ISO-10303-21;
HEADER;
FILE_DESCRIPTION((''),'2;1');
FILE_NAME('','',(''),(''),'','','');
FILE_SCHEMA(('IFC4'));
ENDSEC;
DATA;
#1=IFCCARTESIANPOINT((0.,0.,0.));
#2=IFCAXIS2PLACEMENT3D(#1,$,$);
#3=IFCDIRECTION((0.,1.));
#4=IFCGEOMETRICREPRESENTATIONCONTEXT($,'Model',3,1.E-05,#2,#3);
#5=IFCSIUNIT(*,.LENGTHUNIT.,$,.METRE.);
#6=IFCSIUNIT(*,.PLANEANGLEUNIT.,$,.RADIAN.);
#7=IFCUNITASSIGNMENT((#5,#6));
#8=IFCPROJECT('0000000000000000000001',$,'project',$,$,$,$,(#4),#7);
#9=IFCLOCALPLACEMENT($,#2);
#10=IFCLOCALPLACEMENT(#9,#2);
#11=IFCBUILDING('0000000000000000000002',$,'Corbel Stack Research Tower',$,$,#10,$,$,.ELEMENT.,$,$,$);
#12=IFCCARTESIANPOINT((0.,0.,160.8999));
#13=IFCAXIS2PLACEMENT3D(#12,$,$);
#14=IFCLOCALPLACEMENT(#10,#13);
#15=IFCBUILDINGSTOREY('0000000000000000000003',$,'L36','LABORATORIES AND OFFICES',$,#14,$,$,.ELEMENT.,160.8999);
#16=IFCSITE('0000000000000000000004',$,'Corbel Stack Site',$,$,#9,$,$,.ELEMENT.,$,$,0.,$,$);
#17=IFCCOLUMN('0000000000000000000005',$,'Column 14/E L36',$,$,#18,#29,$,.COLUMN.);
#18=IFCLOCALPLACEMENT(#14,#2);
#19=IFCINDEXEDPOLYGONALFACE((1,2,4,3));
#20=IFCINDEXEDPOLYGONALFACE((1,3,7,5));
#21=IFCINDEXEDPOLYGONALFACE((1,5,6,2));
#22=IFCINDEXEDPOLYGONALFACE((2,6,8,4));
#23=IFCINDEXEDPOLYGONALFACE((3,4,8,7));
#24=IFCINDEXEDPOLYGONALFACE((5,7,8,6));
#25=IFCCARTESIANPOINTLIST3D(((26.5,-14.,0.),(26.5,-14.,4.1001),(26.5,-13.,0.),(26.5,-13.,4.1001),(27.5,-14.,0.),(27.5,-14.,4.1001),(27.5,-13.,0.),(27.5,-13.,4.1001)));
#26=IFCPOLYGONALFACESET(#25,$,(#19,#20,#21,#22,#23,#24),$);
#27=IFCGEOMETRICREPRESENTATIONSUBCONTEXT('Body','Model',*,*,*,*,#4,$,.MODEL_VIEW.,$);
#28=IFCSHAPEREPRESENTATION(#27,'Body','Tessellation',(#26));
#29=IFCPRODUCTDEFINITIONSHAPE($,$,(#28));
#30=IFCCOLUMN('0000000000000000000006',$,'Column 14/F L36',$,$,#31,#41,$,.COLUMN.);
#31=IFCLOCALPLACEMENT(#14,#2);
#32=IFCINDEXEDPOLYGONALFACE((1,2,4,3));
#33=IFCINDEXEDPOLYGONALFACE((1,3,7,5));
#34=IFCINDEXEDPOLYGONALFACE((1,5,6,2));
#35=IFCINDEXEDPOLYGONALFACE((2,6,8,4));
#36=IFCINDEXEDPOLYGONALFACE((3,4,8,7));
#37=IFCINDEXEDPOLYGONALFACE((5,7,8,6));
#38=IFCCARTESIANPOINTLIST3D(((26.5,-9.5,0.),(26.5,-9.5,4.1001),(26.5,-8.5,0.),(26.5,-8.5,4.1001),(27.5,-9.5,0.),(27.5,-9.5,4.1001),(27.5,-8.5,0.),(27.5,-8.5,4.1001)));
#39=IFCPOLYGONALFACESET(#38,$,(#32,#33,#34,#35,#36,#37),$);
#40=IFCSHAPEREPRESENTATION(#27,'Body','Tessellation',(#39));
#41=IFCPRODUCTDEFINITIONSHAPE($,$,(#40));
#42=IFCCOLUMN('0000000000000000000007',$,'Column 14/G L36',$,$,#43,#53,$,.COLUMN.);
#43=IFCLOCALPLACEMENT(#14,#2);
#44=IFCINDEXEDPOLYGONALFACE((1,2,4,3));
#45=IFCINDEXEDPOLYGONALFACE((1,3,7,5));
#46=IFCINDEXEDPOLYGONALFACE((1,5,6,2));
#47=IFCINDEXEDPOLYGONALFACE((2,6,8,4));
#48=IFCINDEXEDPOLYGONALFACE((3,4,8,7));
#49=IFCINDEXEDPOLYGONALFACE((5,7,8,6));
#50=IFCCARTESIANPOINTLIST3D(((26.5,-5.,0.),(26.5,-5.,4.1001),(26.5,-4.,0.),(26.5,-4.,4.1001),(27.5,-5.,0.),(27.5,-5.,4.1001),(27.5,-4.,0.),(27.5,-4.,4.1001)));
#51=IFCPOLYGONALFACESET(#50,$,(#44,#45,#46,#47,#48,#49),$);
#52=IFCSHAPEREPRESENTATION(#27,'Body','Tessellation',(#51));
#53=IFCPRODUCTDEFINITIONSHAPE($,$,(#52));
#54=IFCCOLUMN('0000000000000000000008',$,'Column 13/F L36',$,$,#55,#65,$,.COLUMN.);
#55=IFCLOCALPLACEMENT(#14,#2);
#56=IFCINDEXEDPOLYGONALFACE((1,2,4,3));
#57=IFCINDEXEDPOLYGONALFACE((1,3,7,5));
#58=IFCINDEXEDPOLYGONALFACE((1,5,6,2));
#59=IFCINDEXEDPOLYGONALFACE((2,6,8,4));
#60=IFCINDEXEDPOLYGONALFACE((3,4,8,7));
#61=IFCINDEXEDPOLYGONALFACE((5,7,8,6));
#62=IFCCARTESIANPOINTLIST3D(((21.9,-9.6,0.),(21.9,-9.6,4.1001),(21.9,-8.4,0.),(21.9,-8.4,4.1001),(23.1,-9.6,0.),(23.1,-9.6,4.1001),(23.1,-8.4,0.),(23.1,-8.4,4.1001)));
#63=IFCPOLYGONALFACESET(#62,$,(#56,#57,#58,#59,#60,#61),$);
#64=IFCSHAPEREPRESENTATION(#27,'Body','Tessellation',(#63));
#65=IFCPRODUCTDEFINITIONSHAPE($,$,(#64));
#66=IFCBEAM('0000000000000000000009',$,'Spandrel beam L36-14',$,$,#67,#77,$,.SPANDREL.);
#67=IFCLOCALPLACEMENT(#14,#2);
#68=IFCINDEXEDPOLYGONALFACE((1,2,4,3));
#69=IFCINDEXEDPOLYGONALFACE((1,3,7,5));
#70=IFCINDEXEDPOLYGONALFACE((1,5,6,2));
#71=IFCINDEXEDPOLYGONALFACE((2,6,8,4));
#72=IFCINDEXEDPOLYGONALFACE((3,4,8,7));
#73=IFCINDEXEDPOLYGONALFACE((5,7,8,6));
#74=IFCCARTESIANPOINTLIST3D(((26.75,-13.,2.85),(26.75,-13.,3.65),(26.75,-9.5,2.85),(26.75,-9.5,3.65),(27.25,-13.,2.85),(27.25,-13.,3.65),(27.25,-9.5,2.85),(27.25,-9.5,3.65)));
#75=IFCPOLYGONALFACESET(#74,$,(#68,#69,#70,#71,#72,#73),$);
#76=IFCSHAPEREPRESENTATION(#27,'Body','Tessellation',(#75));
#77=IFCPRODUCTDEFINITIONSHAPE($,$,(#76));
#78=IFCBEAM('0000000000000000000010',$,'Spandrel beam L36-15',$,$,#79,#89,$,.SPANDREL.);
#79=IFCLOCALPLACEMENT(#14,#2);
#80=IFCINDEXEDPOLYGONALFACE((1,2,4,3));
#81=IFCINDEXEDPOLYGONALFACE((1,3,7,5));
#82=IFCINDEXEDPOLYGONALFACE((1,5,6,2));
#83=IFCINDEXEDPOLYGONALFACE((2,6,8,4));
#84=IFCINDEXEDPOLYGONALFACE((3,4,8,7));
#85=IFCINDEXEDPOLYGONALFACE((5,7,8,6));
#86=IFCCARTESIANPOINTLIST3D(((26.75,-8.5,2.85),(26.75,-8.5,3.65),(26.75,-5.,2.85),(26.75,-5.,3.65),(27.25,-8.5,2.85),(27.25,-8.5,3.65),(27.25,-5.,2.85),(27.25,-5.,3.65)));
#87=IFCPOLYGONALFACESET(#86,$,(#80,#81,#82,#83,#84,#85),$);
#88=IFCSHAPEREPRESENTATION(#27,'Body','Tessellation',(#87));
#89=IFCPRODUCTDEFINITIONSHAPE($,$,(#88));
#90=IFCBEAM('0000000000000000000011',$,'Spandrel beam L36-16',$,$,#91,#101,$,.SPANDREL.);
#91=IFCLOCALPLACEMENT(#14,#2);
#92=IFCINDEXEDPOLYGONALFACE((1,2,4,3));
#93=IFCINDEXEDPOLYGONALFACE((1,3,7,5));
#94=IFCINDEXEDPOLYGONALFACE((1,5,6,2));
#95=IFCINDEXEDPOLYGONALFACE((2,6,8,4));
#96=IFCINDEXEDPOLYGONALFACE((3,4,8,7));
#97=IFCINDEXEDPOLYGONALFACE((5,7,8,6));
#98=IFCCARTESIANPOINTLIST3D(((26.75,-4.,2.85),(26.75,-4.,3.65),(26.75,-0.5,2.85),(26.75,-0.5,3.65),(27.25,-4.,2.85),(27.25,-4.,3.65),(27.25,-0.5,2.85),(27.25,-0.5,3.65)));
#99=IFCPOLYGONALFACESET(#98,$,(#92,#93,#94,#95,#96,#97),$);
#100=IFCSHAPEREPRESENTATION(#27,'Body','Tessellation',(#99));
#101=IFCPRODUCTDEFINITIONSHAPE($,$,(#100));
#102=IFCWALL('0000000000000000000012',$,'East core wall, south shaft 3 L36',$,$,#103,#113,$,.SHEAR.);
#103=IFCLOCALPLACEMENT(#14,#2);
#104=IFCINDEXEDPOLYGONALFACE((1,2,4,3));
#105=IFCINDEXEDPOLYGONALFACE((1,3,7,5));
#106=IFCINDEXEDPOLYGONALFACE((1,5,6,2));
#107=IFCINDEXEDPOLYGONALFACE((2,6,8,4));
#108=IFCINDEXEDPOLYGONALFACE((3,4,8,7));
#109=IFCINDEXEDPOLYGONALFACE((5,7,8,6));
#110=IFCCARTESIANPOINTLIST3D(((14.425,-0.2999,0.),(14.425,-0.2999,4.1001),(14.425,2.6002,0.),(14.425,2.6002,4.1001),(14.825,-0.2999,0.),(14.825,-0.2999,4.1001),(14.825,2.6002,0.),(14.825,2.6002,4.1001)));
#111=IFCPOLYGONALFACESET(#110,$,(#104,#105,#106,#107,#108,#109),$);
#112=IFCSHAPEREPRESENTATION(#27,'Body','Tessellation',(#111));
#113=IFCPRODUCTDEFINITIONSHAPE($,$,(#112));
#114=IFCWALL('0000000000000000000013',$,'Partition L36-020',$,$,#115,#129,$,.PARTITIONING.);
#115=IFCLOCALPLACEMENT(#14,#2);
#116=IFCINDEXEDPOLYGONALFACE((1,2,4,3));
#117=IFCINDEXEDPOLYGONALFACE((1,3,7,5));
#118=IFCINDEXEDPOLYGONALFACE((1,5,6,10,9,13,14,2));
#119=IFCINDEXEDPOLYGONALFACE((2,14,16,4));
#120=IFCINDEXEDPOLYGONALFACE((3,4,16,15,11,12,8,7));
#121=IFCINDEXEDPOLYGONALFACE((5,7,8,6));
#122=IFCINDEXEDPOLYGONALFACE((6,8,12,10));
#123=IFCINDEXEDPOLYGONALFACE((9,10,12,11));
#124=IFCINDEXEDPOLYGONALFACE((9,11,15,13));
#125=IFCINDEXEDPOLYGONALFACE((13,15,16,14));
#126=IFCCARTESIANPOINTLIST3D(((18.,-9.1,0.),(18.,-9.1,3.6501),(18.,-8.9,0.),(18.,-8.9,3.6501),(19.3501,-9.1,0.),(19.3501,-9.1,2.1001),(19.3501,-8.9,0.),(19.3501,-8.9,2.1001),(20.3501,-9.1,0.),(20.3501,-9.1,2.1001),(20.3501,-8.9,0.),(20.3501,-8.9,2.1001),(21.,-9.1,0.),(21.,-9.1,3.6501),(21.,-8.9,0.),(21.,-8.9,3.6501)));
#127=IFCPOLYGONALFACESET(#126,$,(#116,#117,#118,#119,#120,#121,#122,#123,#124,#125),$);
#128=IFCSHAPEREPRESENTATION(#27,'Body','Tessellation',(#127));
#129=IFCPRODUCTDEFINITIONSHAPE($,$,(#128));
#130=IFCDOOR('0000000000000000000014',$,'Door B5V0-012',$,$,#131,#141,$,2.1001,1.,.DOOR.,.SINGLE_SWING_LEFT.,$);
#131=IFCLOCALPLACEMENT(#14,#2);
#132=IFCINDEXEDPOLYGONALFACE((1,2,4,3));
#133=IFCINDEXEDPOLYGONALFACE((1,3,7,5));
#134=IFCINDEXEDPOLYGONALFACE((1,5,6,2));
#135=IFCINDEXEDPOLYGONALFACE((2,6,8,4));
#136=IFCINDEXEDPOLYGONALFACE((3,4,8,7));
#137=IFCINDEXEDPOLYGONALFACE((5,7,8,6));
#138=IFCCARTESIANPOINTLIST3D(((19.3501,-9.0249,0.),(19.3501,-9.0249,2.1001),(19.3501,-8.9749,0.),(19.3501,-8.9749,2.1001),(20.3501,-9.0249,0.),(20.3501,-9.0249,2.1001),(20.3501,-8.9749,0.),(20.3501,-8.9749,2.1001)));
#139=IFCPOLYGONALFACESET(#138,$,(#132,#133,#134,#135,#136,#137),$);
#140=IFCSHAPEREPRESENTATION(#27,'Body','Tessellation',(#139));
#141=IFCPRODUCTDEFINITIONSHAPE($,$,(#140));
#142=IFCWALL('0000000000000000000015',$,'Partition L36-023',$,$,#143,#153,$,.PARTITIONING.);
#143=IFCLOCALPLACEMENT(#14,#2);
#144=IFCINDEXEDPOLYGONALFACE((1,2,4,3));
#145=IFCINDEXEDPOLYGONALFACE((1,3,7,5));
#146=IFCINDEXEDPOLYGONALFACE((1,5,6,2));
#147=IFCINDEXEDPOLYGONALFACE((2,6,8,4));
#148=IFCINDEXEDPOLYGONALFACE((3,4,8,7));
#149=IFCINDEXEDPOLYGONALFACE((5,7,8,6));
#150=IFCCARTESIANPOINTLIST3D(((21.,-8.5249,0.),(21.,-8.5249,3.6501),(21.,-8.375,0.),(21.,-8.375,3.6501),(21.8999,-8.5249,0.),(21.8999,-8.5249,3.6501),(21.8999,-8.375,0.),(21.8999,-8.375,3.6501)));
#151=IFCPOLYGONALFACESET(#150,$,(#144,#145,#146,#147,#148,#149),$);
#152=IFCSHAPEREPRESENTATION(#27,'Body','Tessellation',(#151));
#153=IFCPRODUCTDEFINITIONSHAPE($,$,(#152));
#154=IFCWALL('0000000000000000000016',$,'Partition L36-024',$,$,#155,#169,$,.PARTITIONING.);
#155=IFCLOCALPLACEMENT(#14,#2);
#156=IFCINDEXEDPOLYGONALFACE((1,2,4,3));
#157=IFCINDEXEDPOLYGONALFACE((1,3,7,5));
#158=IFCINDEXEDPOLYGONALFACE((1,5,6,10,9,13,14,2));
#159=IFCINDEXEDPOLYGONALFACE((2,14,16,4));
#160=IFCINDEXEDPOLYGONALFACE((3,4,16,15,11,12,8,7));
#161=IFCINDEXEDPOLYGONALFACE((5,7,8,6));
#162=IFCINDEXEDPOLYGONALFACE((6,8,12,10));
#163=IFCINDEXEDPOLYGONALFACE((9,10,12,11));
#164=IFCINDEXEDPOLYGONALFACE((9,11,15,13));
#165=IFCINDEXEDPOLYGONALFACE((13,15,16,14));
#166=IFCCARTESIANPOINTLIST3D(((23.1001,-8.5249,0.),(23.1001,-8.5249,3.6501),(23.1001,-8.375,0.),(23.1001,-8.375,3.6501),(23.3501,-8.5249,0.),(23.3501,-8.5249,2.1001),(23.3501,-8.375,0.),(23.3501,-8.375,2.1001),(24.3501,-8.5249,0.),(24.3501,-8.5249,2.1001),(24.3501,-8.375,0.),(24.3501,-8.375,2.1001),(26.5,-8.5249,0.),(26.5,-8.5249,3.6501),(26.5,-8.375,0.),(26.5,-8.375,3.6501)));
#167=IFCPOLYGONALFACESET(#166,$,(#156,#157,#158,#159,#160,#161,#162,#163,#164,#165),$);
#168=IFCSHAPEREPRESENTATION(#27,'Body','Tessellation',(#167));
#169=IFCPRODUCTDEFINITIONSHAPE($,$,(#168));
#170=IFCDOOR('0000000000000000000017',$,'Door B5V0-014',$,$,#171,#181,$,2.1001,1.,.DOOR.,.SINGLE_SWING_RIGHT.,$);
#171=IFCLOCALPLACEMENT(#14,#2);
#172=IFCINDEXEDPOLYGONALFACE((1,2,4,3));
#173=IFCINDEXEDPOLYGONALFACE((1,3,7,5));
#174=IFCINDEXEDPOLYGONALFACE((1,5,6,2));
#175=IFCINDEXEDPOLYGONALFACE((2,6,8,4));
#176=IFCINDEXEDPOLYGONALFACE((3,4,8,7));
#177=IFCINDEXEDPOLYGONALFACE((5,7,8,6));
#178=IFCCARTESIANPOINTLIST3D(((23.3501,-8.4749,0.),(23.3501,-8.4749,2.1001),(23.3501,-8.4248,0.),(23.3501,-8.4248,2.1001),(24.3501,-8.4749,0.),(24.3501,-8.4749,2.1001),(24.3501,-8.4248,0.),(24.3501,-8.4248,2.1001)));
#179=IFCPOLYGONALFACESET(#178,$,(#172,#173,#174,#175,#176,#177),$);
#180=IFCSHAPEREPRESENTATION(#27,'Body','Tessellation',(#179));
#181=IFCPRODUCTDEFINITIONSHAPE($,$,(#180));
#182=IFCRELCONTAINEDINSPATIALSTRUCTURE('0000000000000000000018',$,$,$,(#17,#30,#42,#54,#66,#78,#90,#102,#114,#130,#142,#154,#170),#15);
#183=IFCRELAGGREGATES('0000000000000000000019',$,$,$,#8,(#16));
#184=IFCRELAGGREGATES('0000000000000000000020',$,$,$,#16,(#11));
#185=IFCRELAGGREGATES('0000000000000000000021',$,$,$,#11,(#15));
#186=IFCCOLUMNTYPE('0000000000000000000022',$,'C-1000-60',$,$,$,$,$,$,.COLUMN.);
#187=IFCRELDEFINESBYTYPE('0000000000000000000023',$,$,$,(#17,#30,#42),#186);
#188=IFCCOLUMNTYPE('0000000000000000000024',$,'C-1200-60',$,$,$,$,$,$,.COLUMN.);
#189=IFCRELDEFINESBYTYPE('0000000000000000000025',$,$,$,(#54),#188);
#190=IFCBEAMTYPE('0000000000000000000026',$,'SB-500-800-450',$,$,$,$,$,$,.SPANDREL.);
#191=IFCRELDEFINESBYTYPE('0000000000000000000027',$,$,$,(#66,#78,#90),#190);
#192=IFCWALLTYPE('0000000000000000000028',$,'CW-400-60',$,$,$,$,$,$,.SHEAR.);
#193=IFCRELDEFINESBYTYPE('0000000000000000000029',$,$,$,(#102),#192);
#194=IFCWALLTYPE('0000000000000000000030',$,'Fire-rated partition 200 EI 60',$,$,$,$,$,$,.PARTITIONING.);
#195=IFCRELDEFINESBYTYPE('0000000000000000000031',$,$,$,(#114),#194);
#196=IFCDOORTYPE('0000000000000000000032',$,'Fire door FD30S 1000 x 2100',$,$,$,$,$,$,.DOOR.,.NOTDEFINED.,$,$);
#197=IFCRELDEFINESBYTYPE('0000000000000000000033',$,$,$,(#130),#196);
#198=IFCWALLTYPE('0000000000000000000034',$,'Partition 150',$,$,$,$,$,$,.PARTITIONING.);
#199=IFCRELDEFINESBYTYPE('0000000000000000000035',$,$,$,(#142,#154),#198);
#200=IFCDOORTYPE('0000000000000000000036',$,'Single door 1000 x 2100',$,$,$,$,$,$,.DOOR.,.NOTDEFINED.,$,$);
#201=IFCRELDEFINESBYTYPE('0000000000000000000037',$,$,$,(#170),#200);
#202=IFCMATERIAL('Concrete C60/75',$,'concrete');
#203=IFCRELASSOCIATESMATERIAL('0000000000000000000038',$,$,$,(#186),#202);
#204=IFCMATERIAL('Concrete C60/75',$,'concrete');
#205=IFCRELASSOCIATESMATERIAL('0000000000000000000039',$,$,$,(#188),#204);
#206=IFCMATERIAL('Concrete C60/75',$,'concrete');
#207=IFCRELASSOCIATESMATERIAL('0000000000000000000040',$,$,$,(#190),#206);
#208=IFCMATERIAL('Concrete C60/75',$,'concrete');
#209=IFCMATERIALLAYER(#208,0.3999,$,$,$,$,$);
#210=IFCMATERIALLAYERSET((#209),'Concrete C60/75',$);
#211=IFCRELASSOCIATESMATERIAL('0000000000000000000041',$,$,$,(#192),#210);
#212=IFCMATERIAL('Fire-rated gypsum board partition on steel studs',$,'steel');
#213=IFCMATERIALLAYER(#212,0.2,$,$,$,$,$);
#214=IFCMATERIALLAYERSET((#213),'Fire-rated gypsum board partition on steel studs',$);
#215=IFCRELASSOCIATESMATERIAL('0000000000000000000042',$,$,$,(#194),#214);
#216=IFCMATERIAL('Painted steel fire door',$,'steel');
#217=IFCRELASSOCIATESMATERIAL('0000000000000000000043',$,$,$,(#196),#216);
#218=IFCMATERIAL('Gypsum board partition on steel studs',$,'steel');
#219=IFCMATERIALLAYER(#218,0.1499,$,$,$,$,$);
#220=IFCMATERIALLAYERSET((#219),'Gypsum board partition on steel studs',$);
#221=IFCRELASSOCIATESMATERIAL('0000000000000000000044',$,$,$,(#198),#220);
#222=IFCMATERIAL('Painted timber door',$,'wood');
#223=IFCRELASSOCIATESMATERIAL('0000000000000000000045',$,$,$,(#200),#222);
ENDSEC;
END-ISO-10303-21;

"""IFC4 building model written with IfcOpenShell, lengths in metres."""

from ifc_helpers import new_model, si_unit, direction, frame, frame_2d, origin, origin_2d, place, context, subcontext, project, spatial, rectangle, extrude, material, layer, layer_set, material_profile, profile_set, type_object, element, fill, save


model = new_model("IFC4")

# Units and contexts
model_context = context("Model", 3, precision=1e-05, world=origin(), true_north=direction((0.0, 1.0)))
body_context = subcontext(model_context, "Body", "Model", "MODEL_VIEW")
ifc_project = project(units=[si_unit("LENGTHUNIT", "METRE"), si_unit("PLANEANGLEUNIT", "RADIAN")], contexts=[model_context])

# Site, building, storey
site_placement = place(None, origin())
site = spatial("IfcSite", under=ifc_project, at=site_placement, Name="Corbel Stack Site", CompositionType="ELEMENT", RefElevation=0.0)
building_placement = place(site_placement, origin())
building = spatial("IfcBuilding", under=site, at=building_placement, Name="Corbel Stack Research Tower", CompositionType="ELEMENT")
storey_placement = place(building_placement, frame((0.0, 0.0, 160.8999)))
storey = spatial("IfcBuildingStorey", under=building, at=storey_placement, Name="L36", Description="LABORATORIES AND OFFICES", CompositionType="ELEMENT", Elevation=160.8999)

# Columns
ifc_material_1 = material(Name="Concrete C60/75", Category="concrete")
ifc_material_profile_1 = material_profile(ifc_material_1, rectangle(XDim=1.0, YDim=1.0, at=origin_2d()), Name="RC 1000 x 1000")
ifc_profile_set_1 = profile_set([ifc_material_profile_1], Name="Concrete C60/75")
column_type_1 = type_object("IfcColumnType", Name="C-1000-60", PredefinedType="COLUMN", material=ifc_profile_set_1)
for number, where, z_axis, x_axis, name in (
    (1, (27.0, -13.5, 0.0), (0.0, 0.0, 1.0), (1.0, 0.0, 0.0), "Column 14/E L36"),
    (2, (27.0, -9.0, 0.0), (0.0, 0.0, 1.0), (1.0, 0.0, 0.0), "Column 14/F L36"),
    (3, (27.0, -4.5, 0.0), (0.0, 0.0, 1.0), (1.0, 0.0, 0.0), "Column 14/G L36"),
):
    element("IfcColumn", number, at=place(storey_placement, frame(where, z_axis=z_axis, x_axis=x_axis)), inside=storey, type_object=column_type_1, Name=name, PredefinedType="COLUMN", context=body_context, shape_type="SweptSolid", body=[
        extrude(rectangle(XDim=1.0, YDim=1.0, at=origin_2d()), origin(), (0.0, 0.0, 1.0), 4.1001),
    ])
ifc_material_2 = material(Name="Concrete C60/75", Category="concrete")
ifc_material_profile_2 = material_profile(ifc_material_2, rectangle(XDim=1.2, YDim=1.2, at=origin_2d()), Name="RC 1200 x 1200")
ifc_profile_set_2 = profile_set([ifc_material_profile_2], Name="Concrete C60/75")
column_type_2 = type_object("IfcColumnType", Name="C-1200-60", PredefinedType="COLUMN", material=ifc_profile_set_2)
column_placement = place(storey_placement, frame((22.5, -9.0, 0.0), z_axis=(0.0, 0.0, 1.0), x_axis=(1.0, 0.0, 0.0)))
element("IfcColumn", 4, at=column_placement, inside=storey, type_object=column_type_2, Name="Column 13/F L36", PredefinedType="COLUMN", context=body_context, shape_type="SweptSolid", body=[
    extrude(rectangle(XDim=1.2, YDim=1.2, at=origin_2d()), origin(), (0.0, 0.0, 1.0), 4.1001),
])

# Beams
ifc_material_3 = material(Name="Concrete C60/75", Category="concrete")
ifc_material_profile_3 = material_profile(ifc_material_3, rectangle(XDim=0.5, YDim=0.8, at=origin_2d()), Name="RC 500 x 800")
ifc_profile_set_3 = profile_set([ifc_material_profile_3], Name="Concrete C60/75")
beam_type = type_object("IfcBeamType", Name="SB-500-800-450", PredefinedType="SPANDREL", material=ifc_profile_set_3)
for number, where, z_axis, x_axis, name in (
    (5, (27.0, -13.0, 3.25), (0.0, 1.0, 0.0), (-1.0, 0.0, 0.0), "Spandrel beam L36-14"),
    (6, (27.0, -8.5, 3.25), (0.0, 1.0, 0.0), (-1.0, 0.0, 0.0), "Spandrel beam L36-15"),
    (7, (27.0, -4.0, 3.25), (0.0, 1.0, 0.0), (-1.0, 0.0, 0.0), "Spandrel beam L36-16"),
):
    element("IfcBeam", number, at=place(storey_placement, frame(where, z_axis=z_axis, x_axis=x_axis)), inside=storey, type_object=beam_type, Name=name, PredefinedType="SPANDREL", context=body_context, shape_type="SweptSolid", body=[
        extrude(rectangle(XDim=0.5, YDim=0.8, at=origin_2d()), origin(), (0.0, 0.0, 1.0), 3.5),
    ])

# Wall
ifc_material_4 = material(Name="Concrete C60/75", Category="concrete")
ifc_layer_1 = layer(ifc_material_4, 0.3999)
ifc_layer_set_1 = layer_set([ifc_layer_1], Name="Concrete C60/75")
wall_type_1 = type_object("IfcWallType", Name="CW-400-60", PredefinedType="SHEAR", material=ifc_layer_set_1)
wall_1_placement = place(storey_placement, frame((14.625, -0.3, 0.0), z_axis=(0.0, 0.0, 1.0), x_axis=(0.0, 1.0, 0.0)))
element("IfcWall", 8, at=wall_1_placement, inside=storey, type_object=wall_type_1, Name="East core wall, south shaft 3 L36", PredefinedType="SHEAR", context=body_context, shape_type="SweptSolid", body=[
    extrude(rectangle(XDim=2.9001, YDim=0.3999, at=frame_2d((1.4502, 0.0))), origin(), (0.0, 0.0, 1.0), 4.1001),
])

# Wall, opening, door
ifc_material_5 = material(Name="Fire-rated gypsum board partition on steel studs", Category="steel")
ifc_layer_2 = layer(ifc_material_5, 0.2)
ifc_layer_set_2 = layer_set([ifc_layer_2], Name="Fire-rated gypsum board partition on steel studs")
wall_type_2 = type_object("IfcWallType", Name="Fire-rated partition 200 EI 60", PredefinedType="PARTITIONING", material=ifc_layer_set_2)
wall_2_placement = place(storey_placement, frame((21.0, -9.0, 0.0), z_axis=(0.0, 0.0, 1.0), x_axis=(-1.0, 0.0, 0.0)))
wall_2 = element("IfcWall", 9, at=wall_2_placement, inside=storey, type_object=wall_type_2, Name="Partition L36-020", PredefinedType="PARTITIONING", context=body_context, shape_type="SweptSolid", body=[
    extrude(rectangle(XDim=3.0, YDim=0.2, at=frame_2d((1.5, 0.0))), origin(), (0.0, 0.0, 1.0), 3.6501),
])
opening_1_placement = place(wall_2_placement, frame((0.6499, 0.0, 0.0)))
opening_1 = element("IfcOpeningElement", 10, at=opening_1_placement, cuts=wall_2, PredefinedType="OPENING", context=body_context, shape_type="SweptSolid", body=[
    extrude(rectangle(XDim=1.0, YDim=2.1001, at=frame_2d((0.5, 1.05))), frame((0.0, 0.1099, 0.0), z_axis=(0.0, -1.0, 0.0), x_axis=(1.0, 0.0, 0.0)), (0.0, 0.0, 1.0), 0.22),
])
ifc_material_6 = material(Name="Painted steel fire door", Category="steel")
door_type_1 = type_object("IfcDoorType", Name="Fire door FD30S 1000 x 2100", OperationType="NOTDEFINED", PredefinedType="DOOR", material=ifc_material_6)
door_1_placement = place(opening_1_placement, origin())
door_1 = element("IfcDoor", 11, at=door_1_placement, inside=storey, type_object=door_type_1, Name="Door B5V0-012", OperationType="SINGLE_SWING_LEFT", OverallHeight=2.1001, OverallWidth=1.0, PredefinedType="DOOR", context=body_context, shape_type="SweptSolid", body=[
    extrude(rectangle(XDim=1.0, YDim=2.1001, at=frame_2d((0.5, 1.05))), frame((0.0, 0.0249, 0.0), z_axis=(0.0, -1.0, 0.0), x_axis=(1.0, 0.0, 0.0)), (0.0, 0.0, 1.0), 0.05),
])
fill(opening_1, door_1)

# Wall
ifc_material_7 = material(Name="Gypsum board partition on steel studs", Category="steel")
ifc_layer_3 = layer(ifc_material_7, 0.1499)
ifc_layer_set_3 = layer_set([ifc_layer_3], Name="Gypsum board partition on steel studs")
wall_type_3 = type_object("IfcWallType", Name="Partition 150", PredefinedType="PARTITIONING", material=ifc_layer_set_3)
wall_3_placement = place(storey_placement, frame((21.0, -8.45, 0.0), z_axis=(0.0, 0.0, 1.0), x_axis=(1.0, 0.0, 0.0)))
element("IfcWall", 12, at=wall_3_placement, inside=storey, type_object=wall_type_3, Name="Partition L36-023", PredefinedType="PARTITIONING", context=body_context, shape_type="SweptSolid", body=[
    extrude(rectangle(XDim=0.8999, YDim=0.1499, at=frame_2d((0.45, 0.0))), origin(), (0.0, 0.0, 1.0), 3.6501),
])

# Wall, opening, door
wall_4_placement = place(storey_placement, frame((26.5, -8.45, 0.0), z_axis=(0.0, 0.0, 1.0), x_axis=(-1.0, 0.0, 0.0)))
wall_4 = element("IfcWall", 13, at=wall_4_placement, inside=storey, type_object=wall_type_3, Name="Partition L36-024", PredefinedType="PARTITIONING", context=body_context, shape_type="SweptSolid", body=[
    extrude(rectangle(XDim=3.3999, YDim=0.1499, at=frame_2d((1.7, 0.0))), origin(), (0.0, 0.0, 1.0), 3.6501),
])
opening_2_placement = place(wall_4_placement, frame((2.1499, 0.0, 0.0)))
opening_2 = element("IfcOpeningElement", 14, at=opening_2_placement, cuts=wall_4, PredefinedType="OPENING", context=body_context, shape_type="SweptSolid", body=[
    extrude(rectangle(XDim=1.0, YDim=2.1001, at=frame_2d((0.5, 1.05))), frame((0.0, 0.085, 0.0), z_axis=(0.0, -1.0, 0.0), x_axis=(1.0, 0.0, 0.0)), (0.0, 0.0, 1.0), 0.1699),
])
ifc_material_8 = material(Name="Painted timber door", Category="wood")
door_type_2 = type_object("IfcDoorType", Name="Single door 1000 x 2100", OperationType="NOTDEFINED", PredefinedType="DOOR", material=ifc_material_8)
door_2_placement = place(opening_2_placement, origin())
door_2 = element("IfcDoor", 15, at=door_2_placement, inside=storey, type_object=door_type_2, Name="Door B5V0-014", OperationType="SINGLE_SWING_RIGHT", OverallHeight=2.1001, OverallWidth=1.0, PredefinedType="DOOR", context=body_context, shape_type="SweptSolid", body=[
    extrude(rectangle(XDim=1.0, YDim=2.1001, at=frame_2d((0.5, 1.05))), frame((0.0, 0.0249, 0.0), z_axis=(0.0, -1.0, 0.0), x_axis=(1.0, 0.0, 0.0)), (0.0, 0.0, 1.0), 0.05),
])
fill(opening_2, door_2)

save(model, "model.ifc")
